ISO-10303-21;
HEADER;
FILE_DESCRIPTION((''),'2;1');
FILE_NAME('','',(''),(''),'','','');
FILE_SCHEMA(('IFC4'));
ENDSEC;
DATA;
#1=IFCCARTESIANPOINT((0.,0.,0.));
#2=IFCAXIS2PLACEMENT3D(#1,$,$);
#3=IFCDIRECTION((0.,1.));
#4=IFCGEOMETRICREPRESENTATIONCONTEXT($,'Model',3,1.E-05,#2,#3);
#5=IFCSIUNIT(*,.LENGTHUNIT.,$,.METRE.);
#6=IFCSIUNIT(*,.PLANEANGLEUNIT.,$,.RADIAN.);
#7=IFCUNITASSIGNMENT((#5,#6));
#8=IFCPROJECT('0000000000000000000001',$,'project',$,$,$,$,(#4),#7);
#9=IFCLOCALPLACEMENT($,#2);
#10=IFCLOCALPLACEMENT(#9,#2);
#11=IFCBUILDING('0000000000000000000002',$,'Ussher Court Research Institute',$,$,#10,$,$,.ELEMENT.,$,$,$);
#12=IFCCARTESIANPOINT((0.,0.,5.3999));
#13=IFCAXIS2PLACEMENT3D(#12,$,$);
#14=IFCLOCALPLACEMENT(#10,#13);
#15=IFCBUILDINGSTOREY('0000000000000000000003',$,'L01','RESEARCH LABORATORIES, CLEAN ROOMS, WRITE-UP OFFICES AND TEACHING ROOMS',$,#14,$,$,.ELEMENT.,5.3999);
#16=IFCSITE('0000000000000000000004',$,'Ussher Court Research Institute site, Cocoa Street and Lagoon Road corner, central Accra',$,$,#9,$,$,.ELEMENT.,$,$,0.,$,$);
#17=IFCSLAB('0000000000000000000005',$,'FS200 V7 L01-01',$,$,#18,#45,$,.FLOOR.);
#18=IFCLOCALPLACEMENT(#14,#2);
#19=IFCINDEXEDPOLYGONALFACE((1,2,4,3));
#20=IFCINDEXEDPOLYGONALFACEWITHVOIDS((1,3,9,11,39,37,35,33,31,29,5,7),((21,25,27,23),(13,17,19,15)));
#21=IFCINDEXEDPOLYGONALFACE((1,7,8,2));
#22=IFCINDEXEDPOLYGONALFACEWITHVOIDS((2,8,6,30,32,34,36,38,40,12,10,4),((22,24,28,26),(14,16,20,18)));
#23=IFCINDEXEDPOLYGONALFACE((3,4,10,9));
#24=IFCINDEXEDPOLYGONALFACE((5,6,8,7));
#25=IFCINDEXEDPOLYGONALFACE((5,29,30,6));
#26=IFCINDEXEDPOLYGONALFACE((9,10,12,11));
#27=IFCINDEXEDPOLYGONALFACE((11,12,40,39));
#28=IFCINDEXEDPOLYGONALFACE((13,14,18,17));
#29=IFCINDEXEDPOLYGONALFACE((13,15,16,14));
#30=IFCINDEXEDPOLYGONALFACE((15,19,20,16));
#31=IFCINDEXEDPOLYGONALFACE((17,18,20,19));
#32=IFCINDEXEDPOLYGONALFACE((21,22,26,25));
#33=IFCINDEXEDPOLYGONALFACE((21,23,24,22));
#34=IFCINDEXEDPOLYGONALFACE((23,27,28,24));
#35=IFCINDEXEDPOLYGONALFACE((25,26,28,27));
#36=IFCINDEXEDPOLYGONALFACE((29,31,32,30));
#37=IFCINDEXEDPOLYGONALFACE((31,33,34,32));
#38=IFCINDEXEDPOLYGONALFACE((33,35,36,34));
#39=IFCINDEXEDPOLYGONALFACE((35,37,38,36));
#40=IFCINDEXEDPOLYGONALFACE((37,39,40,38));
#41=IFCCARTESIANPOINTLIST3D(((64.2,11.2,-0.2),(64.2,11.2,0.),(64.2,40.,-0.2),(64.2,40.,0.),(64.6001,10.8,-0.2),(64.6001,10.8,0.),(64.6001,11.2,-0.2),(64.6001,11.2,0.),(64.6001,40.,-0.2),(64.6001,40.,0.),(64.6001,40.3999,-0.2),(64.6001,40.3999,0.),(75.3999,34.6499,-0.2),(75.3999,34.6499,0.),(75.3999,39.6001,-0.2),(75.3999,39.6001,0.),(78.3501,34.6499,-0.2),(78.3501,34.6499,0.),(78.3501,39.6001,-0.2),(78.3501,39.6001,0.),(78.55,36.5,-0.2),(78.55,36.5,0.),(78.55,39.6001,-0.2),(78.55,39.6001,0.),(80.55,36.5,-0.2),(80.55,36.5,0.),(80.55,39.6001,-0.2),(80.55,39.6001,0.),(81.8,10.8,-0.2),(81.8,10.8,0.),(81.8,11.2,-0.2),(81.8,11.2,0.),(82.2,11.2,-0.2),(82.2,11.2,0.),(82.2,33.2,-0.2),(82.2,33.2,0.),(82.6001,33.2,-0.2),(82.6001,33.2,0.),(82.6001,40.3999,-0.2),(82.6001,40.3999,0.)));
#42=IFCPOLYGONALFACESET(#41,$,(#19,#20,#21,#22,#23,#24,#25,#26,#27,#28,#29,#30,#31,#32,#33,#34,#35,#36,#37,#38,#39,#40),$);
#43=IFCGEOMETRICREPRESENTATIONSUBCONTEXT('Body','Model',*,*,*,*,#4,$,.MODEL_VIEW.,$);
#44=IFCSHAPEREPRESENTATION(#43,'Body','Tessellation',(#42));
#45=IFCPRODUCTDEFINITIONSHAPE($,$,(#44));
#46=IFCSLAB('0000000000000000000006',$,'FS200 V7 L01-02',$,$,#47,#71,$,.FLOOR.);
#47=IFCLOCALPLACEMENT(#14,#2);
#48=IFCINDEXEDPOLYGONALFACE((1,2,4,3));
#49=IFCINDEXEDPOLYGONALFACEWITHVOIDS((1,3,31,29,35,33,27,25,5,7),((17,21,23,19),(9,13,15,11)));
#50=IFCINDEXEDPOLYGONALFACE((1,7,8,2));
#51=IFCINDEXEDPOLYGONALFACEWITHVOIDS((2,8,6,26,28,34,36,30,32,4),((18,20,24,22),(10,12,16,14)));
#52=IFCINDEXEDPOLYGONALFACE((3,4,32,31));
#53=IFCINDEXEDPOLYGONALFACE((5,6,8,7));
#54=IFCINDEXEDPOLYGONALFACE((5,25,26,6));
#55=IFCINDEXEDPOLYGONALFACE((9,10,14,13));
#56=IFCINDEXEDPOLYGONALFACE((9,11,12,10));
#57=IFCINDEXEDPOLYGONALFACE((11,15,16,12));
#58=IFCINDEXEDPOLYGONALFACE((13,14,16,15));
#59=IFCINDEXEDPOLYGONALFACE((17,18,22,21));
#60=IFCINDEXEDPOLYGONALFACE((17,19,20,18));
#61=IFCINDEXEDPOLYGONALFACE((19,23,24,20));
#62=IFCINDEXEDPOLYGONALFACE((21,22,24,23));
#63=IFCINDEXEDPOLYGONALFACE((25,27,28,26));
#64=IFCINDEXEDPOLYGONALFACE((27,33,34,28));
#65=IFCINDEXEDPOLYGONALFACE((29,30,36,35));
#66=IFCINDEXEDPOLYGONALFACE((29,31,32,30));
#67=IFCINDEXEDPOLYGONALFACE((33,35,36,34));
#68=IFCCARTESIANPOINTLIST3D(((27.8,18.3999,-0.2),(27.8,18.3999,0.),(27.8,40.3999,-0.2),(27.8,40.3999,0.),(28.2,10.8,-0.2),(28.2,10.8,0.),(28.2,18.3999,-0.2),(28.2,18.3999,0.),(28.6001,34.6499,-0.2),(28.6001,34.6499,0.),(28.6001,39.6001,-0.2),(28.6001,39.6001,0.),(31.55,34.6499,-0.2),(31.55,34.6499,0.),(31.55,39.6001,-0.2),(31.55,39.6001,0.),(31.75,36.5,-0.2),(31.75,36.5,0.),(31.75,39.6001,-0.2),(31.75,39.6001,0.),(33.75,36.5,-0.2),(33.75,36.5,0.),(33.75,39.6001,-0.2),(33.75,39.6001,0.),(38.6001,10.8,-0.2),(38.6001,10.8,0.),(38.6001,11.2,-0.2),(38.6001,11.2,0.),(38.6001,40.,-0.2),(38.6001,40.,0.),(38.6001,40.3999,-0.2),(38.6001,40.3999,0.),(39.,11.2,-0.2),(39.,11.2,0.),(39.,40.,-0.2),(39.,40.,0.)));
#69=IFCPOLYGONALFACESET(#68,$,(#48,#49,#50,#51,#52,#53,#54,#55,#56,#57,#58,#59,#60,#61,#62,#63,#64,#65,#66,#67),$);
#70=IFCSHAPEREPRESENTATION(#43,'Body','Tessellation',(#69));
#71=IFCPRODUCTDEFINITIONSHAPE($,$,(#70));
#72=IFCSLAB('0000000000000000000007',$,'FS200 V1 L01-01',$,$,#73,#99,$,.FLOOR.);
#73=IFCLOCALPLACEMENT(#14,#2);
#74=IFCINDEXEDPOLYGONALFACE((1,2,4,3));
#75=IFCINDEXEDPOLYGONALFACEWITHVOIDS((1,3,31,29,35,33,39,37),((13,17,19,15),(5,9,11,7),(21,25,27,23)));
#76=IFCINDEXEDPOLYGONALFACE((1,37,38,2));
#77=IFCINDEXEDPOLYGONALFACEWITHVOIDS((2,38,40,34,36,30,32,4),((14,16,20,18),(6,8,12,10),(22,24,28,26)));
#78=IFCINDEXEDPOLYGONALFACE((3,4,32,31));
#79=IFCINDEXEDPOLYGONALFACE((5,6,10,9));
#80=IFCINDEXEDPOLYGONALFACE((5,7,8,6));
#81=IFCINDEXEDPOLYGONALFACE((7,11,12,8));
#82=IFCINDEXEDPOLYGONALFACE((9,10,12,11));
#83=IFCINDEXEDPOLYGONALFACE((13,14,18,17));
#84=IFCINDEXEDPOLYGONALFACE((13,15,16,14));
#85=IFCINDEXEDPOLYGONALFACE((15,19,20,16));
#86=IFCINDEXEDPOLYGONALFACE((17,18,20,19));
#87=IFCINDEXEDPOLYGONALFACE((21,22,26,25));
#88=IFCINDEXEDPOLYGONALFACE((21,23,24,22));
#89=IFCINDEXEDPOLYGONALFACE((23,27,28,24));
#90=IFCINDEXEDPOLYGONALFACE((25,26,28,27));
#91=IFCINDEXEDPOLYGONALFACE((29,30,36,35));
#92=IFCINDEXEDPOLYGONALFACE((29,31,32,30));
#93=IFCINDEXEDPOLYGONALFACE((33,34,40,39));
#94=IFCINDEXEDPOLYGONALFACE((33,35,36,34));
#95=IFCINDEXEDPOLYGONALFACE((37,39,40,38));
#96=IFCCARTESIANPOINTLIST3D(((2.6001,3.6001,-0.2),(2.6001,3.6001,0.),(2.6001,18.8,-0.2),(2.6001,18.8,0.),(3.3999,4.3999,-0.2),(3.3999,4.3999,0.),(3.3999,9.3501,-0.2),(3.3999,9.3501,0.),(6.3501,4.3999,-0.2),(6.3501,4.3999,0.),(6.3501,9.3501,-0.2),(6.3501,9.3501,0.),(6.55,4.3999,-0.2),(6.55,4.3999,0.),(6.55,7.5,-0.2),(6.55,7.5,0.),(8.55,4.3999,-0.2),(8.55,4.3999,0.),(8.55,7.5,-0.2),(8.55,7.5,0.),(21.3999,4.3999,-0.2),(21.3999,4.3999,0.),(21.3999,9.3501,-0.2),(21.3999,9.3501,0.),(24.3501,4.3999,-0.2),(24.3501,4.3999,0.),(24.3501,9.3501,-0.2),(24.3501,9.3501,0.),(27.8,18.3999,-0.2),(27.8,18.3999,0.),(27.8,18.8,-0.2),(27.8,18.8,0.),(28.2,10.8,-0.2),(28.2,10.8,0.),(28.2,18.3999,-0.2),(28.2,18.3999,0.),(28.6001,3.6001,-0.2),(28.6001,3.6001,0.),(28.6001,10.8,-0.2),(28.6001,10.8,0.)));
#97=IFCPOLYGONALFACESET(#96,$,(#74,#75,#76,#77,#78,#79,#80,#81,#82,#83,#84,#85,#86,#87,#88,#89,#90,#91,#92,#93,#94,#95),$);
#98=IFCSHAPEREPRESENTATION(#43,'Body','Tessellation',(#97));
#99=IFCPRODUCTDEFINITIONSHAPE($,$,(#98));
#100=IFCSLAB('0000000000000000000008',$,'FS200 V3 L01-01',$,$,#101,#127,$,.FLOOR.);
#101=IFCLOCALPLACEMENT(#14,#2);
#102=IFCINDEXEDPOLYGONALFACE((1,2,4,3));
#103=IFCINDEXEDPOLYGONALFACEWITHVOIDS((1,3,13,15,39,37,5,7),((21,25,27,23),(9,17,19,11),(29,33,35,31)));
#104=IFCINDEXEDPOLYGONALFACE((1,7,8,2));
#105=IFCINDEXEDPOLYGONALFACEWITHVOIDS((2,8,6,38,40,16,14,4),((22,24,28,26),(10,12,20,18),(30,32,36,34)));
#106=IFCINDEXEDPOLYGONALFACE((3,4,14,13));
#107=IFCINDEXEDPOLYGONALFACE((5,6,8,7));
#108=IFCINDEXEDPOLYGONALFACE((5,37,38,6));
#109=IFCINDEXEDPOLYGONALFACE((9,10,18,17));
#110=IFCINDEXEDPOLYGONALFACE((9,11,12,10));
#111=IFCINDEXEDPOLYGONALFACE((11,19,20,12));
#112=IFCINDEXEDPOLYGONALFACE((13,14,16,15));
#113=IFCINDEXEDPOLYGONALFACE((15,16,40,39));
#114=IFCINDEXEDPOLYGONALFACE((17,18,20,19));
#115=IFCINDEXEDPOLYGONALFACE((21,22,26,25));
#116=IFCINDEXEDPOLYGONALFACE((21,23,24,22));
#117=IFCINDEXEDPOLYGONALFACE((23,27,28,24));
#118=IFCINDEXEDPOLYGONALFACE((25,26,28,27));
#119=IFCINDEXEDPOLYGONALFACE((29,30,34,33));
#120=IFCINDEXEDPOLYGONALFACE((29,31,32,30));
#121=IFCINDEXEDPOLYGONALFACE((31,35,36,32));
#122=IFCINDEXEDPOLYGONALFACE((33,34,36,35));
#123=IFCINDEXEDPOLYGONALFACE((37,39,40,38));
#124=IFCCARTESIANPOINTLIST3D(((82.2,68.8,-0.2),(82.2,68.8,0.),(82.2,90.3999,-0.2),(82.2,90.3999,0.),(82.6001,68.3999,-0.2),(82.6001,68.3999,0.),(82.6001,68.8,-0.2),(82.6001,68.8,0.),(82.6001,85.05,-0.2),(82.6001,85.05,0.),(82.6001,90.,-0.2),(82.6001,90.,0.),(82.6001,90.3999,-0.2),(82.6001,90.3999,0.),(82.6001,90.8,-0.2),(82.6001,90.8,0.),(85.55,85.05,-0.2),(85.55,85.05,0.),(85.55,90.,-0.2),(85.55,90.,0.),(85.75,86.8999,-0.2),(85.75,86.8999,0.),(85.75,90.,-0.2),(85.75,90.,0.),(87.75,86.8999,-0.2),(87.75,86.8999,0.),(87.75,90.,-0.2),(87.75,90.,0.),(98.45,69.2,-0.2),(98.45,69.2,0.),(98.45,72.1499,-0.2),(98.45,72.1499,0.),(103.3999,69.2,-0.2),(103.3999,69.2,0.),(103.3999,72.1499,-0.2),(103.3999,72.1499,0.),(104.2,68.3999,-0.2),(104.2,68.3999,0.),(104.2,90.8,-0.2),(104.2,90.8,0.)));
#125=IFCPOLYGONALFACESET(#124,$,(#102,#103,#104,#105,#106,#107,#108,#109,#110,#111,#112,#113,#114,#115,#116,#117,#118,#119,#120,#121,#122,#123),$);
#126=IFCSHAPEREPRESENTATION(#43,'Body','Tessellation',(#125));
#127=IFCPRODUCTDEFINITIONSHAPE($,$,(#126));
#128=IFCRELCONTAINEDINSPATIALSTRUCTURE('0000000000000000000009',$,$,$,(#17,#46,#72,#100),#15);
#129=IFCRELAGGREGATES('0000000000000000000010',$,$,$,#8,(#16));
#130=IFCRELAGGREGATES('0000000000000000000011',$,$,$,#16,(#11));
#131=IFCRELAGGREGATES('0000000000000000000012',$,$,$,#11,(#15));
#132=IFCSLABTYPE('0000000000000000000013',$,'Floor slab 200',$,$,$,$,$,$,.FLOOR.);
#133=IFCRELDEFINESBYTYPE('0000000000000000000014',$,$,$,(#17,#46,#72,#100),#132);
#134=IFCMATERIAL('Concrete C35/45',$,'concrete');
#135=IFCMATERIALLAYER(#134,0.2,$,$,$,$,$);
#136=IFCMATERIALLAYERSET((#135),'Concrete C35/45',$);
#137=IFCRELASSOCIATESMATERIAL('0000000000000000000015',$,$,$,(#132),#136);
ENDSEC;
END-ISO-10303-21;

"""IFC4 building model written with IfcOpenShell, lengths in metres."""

from ifc_helpers import new_model, si_unit, direction, frame, origin, place, context, subcontext, project, spatial, polyline, outline, extrude, material, layer, layer_set, type_object, element, save


model = new_model("IFC4")

# Units and contexts
model_context = context("Model", 3, precision=1e-05, world=origin(), true_north=direction((0.0, 1.0)))
body_context = subcontext(model_context, "Body", "Model", "MODEL_VIEW")
ifc_project = project(units=[si_unit("LENGTHUNIT", "METRE"), si_unit("PLANEANGLEUNIT", "RADIAN")], contexts=[model_context])

# Site, building, storey
site_placement = place(None, origin())
site = spatial("IfcSite", under=ifc_project, at=site_placement, Name="Ussher Court Research Institute site, Cocoa Street and Lagoon Road corner, central Accra", CompositionType="ELEMENT", RefElevation=0.0)
building_placement = place(site_placement, origin())
building = spatial("IfcBuilding", under=site, at=building_placement, Name="Ussher Court Research Institute", CompositionType="ELEMENT")
storey_placement = place(building_placement, frame((0.0, 0.0, 5.3999)))
storey = spatial("IfcBuildingStorey", under=building, at=storey_placement, Name="L01", Description="RESEARCH LABORATORIES, CLEAN ROOMS, WRITE-UP OFFICES AND TEACHING ROOMS", CompositionType="ELEMENT", Elevation=5.3999)

# Slabs
ifc_material_1 = material(Name="Concrete C35/45", Category="concrete")
ifc_layer_1 = layer(ifc_material_1, 0.2)
ifc_layer_set_1 = layer_set([ifc_layer_1], Name="Concrete C35/45")
slab_type_1 = type_object("IfcSlabType", Name="Floor slab 200", PredefinedType="FLOOR", material=ifc_layer_set_1)
slab_1_placement = place(storey_placement, frame((0.0, 0.0, -0.2)))
element("IfcSlab", 1, at=slab_1_placement, inside=storey, type_object=slab_type_1, Name="FS200 V7 L01-01", PredefinedType="FLOOR", context=body_context, shape_type="SweptSolid", body=[
    extrude(outline(polyline([(64.2, 11.2), (64.6001, 11.2), (64.6001, 10.8), (81.8, 10.8), (81.8, 11.2), (82.2, 11.2), (82.2, 33.2), (82.6001, 33.2), (82.6001, 40.3999), (64.6001, 40.3999), (64.6001, 40.0), (64.2, 40.0), (64.2, 11.2)]), holes=[polyline([(75.3999, 34.6499), (75.3999, 39.6001), (78.3501, 39.6001), (78.3501, 34.6499), (75.3999, 34.6499)]), polyline([(78.55, 36.5), (78.55, 39.6001), (80.55, 39.6001), (80.55, 36.5), (78.55, 36.5)])]), origin(), (0.0, 0.0, 1.0), 0.2),
])
slab_2_placement = place(storey_placement, frame((0.0, 0.0, -0.2)))
element("IfcSlab", 2, at=slab_2_placement, inside=storey, type_object=slab_type_1, Name="FS200 V7 L01-02", PredefinedType="FLOOR", context=body_context, shape_type="SweptSolid", body=[
    extrude(outline(polyline([(38.6001, 40.0), (38.6001, 40.3999), (27.8, 40.3999), (27.8, 18.3999), (28.2, 18.3999), (28.2, 10.8), (38.6001, 10.8), (38.6001, 11.2), (39.0, 11.2), (39.0, 40.0), (38.6001, 40.0)]), holes=[polyline([(28.6001, 39.6001), (31.55, 39.6001), (31.55, 34.6499), (28.6001, 34.6499), (28.6001, 39.6001)]), polyline([(31.75, 36.5), (31.75, 39.6001), (33.75, 39.6001), (33.75, 36.5), (31.75, 36.5)])]), origin(), (0.0, 0.0, 1.0), 0.2),
])
slab_3_placement = place(storey_placement, frame((0.0, 0.0, -0.2)))
element("IfcSlab", 3, at=slab_3_placement, inside=storey, type_object=slab_type_1, Name="FS200 V1 L01-01", PredefinedType="FLOOR", context=body_context, shape_type="SweptSolid", body=[
    extrude(outline(polyline([(27.8, 18.8), (2.6001, 18.8), (2.6001, 3.6001), (28.6001, 3.6001), (28.6001, 10.8), (28.2, 10.8), (28.2, 18.3999), (27.8, 18.3999), (27.8, 18.8)]), holes=[polyline([(8.55, 4.3999), (6.55, 4.3999), (6.55, 7.5), (8.55, 7.5), (8.55, 4.3999)]), polyline([(6.3501, 9.3501), (6.3501, 4.3999), (3.3999, 4.3999), (3.3999, 9.3501), (6.3501, 9.3501)]), polyline([(24.3501, 9.3501), (24.3501, 4.3999), (21.3999, 4.3999), (21.3999, 9.3501), (24.3501, 9.3501)])]), origin(), (0.0, 0.0, 1.0), 0.2),
])
slab_4_placement = place(storey_placement, frame((0.0, 0.0, -0.2)))
element("IfcSlab", 4, at=slab_4_placement, inside=storey, type_object=slab_type_1, Name="FS200 V3 L01-01", PredefinedType="FLOOR", context=body_context, shape_type="SweptSolid", body=[
    extrude(outline(polyline([(82.6001, 90.3999), (82.2, 90.3999), (82.2, 68.8), (82.6001, 68.8), (82.6001, 68.3999), (104.2, 68.3999), (104.2, 90.8), (82.6001, 90.8), (82.6001, 90.3999)]), holes=[polyline([(103.3999, 72.1499), (103.3999, 69.2), (98.45, 69.2), (98.45, 72.1499), (103.3999, 72.1499)]), polyline([(82.6001, 90.0), (85.55, 90.0), (85.55, 85.05), (82.6001, 85.05), (82.6001, 90.0)]), polyline([(85.75, 86.8999), (85.75, 90.0), (87.75, 90.0), (87.75, 86.8999), (85.75, 86.8999)])]), origin(), (0.0, 0.0, 1.0), 0.2),
])

save(model, "model.ifc")
